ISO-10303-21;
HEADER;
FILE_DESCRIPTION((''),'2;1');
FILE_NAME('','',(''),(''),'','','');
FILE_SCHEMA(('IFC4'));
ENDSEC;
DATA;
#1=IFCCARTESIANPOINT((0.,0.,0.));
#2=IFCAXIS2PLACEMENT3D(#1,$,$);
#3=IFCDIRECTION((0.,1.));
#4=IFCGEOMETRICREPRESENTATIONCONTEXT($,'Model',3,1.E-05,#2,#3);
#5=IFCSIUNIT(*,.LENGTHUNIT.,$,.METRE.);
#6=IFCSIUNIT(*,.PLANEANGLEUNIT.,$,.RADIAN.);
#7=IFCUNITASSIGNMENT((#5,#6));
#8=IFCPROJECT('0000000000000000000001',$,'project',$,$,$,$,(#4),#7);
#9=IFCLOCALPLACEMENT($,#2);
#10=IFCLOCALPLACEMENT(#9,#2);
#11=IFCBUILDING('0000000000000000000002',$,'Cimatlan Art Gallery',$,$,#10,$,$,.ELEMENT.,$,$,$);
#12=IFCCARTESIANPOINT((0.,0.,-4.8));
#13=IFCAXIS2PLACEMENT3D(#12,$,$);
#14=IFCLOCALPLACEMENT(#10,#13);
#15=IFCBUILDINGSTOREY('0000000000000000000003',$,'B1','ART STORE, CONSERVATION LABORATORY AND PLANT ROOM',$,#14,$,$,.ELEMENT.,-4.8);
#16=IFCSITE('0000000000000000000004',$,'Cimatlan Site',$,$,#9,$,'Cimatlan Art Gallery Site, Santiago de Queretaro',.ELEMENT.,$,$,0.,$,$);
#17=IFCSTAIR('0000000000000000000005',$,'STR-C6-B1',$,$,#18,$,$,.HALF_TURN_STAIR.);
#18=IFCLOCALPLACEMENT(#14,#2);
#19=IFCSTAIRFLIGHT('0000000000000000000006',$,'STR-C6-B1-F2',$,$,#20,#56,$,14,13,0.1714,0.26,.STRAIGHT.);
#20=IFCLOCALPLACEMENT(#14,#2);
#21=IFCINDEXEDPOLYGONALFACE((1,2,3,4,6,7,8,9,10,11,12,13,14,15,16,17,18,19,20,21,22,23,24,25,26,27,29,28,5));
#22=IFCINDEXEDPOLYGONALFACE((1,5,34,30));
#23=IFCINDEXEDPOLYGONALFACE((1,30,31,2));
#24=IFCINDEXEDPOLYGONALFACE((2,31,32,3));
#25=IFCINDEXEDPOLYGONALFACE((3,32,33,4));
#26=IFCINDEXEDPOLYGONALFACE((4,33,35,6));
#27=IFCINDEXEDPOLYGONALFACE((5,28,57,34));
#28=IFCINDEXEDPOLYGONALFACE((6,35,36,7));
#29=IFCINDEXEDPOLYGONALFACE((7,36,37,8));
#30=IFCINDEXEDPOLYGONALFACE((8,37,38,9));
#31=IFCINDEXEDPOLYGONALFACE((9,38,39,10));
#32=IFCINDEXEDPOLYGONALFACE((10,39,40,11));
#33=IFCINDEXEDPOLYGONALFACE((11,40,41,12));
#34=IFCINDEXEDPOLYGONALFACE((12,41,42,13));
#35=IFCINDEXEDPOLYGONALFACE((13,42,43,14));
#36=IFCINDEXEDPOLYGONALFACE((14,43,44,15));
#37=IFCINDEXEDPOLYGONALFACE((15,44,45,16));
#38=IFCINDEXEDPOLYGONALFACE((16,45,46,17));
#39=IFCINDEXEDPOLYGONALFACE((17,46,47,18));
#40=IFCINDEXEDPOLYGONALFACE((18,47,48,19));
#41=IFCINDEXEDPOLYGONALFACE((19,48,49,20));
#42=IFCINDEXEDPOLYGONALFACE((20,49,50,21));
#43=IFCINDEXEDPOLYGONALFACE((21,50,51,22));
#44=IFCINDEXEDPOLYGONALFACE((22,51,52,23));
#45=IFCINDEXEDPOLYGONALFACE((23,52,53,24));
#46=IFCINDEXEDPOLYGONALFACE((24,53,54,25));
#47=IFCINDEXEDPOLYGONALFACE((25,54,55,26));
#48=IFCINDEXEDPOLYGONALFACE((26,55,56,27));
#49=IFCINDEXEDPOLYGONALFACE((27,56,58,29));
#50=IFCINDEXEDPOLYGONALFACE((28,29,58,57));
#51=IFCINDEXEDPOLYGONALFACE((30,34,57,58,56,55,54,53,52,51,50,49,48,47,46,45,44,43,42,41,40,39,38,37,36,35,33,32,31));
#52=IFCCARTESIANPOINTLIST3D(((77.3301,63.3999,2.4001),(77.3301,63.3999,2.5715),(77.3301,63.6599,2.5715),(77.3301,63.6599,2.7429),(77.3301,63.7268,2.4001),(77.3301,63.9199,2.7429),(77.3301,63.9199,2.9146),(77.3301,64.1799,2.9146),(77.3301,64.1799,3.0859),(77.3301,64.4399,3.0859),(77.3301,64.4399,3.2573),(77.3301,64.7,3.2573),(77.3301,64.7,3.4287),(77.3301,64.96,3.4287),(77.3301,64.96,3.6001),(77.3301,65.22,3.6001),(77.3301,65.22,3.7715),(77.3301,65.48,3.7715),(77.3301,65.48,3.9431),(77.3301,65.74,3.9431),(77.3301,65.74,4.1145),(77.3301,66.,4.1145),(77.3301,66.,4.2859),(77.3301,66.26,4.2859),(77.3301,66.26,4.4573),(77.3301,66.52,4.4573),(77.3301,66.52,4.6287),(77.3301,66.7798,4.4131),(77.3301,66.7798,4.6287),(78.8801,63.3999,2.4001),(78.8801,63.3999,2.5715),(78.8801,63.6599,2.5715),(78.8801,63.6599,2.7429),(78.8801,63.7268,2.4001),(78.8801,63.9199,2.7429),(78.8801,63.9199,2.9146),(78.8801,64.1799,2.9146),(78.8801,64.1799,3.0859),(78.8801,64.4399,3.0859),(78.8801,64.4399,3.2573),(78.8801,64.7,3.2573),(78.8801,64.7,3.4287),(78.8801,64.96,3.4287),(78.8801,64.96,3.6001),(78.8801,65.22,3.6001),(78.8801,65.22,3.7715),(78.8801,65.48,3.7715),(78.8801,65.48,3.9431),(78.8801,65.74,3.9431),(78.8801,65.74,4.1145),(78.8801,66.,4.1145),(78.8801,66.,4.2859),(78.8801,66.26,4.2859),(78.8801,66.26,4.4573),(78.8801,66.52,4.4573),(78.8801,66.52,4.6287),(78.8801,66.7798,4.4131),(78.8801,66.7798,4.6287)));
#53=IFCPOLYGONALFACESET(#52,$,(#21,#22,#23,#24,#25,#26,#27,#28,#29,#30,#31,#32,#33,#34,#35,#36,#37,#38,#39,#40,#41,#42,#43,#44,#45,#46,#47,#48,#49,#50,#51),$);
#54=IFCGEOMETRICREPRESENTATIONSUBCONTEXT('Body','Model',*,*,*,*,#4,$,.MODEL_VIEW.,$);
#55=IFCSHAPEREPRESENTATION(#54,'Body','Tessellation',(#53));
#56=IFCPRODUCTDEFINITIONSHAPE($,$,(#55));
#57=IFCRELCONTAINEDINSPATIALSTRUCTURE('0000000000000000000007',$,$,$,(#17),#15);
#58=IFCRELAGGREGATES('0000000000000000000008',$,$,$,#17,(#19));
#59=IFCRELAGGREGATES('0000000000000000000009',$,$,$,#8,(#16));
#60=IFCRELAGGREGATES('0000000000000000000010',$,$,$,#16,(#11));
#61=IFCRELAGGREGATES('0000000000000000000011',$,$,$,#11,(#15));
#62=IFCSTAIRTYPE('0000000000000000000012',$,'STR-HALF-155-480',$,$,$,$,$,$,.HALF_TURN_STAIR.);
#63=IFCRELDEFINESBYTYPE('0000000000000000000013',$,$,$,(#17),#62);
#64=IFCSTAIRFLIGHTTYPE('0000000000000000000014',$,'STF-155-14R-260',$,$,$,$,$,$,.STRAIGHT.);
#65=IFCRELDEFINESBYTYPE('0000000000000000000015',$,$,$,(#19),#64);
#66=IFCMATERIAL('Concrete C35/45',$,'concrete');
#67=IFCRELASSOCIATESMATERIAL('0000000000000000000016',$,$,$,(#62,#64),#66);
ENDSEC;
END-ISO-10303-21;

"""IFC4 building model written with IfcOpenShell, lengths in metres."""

from ifc_helpers import new_model, si_unit, direction, frame, origin, place, context, subcontext, project, spatial, polyline, outline, extrude, material, type_object, element, aggregate, save


model = new_model("IFC4")

# Units and contexts
model_context = context("Model", 3, precision=1e-05, world=origin(), true_north=direction((0.0, 1.0)))
body_context = subcontext(model_context, "Body", "Model", "MODEL_VIEW")
ifc_project = project(units=[si_unit("LENGTHUNIT", "METRE"), si_unit("PLANEANGLEUNIT", "RADIAN")], contexts=[model_context])

# Site, building, storey
site_placement = place(None, origin())
site = spatial("IfcSite", under=ifc_project, at=site_placement, Name="Cimatlan Site", LongName="Cimatlan Art Gallery Site, Santiago de Queretaro", CompositionType="ELEMENT", RefElevation=0.0)
building_placement = place(site_placement, origin())
building = spatial("IfcBuilding", under=site, at=building_placement, Name="Cimatlan Art Gallery", CompositionType="ELEMENT")
storey_placement = place(building_placement, frame((0.0, 0.0, -4.8)))
storey = spatial("IfcBuildingStorey", under=building, at=storey_placement, Name="B1", Description="ART STORE, CONSERVATION LABORATORY AND PLANT ROOM", CompositionType="ELEMENT", Elevation=-4.8)

# Stair, stair flight
ifc_material_1 = material(Name="Concrete C35/45", Category="concrete")
stair_type = type_object("IfcStairType", Name="STR-HALF-155-480", PredefinedType="HALF_TURN_STAIR", material=ifc_material_1)
stair_placement = place(storey_placement, origin())
stair = element("IfcStair", 1, at=stair_placement, inside=storey, type_object=stair_type, Name="STR-C6-B1", PredefinedType="HALF_TURN_STAIR")
stair_flight_type = type_object("IfcStairFlightType", Name="STF-155-14R-260", PredefinedType="STRAIGHT", material=ifc_material_1)
stair_flight_1_placement = place(storey_placement, frame((78.105, 63.3999, 2.4001), z_axis=(0.0, 0.0, 1.0), x_axis=(0.0, 1.0, 0.0)))
stair_flight_1 = element("IfcStairFlight", 2, at=stair_flight_1_placement, type_object=stair_flight_type, Name="STR-C6-B1-F2", NumberOfRisers=14, NumberOfTreads=13, PredefinedType="STRAIGHT", RiserHeight=0.1714, TreadLength=0.26, context=body_context, shape_type="SweptSolid", body=[
    extrude(outline(polyline([(0.0, 0.0), (0.0, 0.1714), (0.26, 0.1714), (0.26, 0.3428), (0.52, 0.3428), (0.52, 0.5144), (0.78, 0.5144), (0.78, 0.6858), (1.04, 0.6858), (1.04, 0.8572), (1.3, 0.8572), (1.3, 1.0286), (1.5601, 1.0286), (1.5601, 1.2), (1.8201, 1.2), (1.8201, 1.3713), (2.0801, 1.3713), (2.0801, 1.543), (2.3401, 1.543), (2.3401, 1.7144), (2.6001, 1.7144), (2.6001, 1.8857), (2.8601, 1.8857), (2.8601, 2.0571), (3.1201, 2.0571), (3.1201, 2.2285), (3.3799, 2.2285), (3.3799, 2.3999), (3.3799, 2.0129), (0.3269, 0.0), (0.0, 0.0)])), frame((0.0, 0.7749, 0.0), z_axis=(0.0, -1.0, 0.0), x_axis=(1.0, 0.0, 0.0)), (0.0, 0.0, 1.0), 1.55),
])
aggregate(stair, [stair_flight_1])

save(model, "model.ifc")
